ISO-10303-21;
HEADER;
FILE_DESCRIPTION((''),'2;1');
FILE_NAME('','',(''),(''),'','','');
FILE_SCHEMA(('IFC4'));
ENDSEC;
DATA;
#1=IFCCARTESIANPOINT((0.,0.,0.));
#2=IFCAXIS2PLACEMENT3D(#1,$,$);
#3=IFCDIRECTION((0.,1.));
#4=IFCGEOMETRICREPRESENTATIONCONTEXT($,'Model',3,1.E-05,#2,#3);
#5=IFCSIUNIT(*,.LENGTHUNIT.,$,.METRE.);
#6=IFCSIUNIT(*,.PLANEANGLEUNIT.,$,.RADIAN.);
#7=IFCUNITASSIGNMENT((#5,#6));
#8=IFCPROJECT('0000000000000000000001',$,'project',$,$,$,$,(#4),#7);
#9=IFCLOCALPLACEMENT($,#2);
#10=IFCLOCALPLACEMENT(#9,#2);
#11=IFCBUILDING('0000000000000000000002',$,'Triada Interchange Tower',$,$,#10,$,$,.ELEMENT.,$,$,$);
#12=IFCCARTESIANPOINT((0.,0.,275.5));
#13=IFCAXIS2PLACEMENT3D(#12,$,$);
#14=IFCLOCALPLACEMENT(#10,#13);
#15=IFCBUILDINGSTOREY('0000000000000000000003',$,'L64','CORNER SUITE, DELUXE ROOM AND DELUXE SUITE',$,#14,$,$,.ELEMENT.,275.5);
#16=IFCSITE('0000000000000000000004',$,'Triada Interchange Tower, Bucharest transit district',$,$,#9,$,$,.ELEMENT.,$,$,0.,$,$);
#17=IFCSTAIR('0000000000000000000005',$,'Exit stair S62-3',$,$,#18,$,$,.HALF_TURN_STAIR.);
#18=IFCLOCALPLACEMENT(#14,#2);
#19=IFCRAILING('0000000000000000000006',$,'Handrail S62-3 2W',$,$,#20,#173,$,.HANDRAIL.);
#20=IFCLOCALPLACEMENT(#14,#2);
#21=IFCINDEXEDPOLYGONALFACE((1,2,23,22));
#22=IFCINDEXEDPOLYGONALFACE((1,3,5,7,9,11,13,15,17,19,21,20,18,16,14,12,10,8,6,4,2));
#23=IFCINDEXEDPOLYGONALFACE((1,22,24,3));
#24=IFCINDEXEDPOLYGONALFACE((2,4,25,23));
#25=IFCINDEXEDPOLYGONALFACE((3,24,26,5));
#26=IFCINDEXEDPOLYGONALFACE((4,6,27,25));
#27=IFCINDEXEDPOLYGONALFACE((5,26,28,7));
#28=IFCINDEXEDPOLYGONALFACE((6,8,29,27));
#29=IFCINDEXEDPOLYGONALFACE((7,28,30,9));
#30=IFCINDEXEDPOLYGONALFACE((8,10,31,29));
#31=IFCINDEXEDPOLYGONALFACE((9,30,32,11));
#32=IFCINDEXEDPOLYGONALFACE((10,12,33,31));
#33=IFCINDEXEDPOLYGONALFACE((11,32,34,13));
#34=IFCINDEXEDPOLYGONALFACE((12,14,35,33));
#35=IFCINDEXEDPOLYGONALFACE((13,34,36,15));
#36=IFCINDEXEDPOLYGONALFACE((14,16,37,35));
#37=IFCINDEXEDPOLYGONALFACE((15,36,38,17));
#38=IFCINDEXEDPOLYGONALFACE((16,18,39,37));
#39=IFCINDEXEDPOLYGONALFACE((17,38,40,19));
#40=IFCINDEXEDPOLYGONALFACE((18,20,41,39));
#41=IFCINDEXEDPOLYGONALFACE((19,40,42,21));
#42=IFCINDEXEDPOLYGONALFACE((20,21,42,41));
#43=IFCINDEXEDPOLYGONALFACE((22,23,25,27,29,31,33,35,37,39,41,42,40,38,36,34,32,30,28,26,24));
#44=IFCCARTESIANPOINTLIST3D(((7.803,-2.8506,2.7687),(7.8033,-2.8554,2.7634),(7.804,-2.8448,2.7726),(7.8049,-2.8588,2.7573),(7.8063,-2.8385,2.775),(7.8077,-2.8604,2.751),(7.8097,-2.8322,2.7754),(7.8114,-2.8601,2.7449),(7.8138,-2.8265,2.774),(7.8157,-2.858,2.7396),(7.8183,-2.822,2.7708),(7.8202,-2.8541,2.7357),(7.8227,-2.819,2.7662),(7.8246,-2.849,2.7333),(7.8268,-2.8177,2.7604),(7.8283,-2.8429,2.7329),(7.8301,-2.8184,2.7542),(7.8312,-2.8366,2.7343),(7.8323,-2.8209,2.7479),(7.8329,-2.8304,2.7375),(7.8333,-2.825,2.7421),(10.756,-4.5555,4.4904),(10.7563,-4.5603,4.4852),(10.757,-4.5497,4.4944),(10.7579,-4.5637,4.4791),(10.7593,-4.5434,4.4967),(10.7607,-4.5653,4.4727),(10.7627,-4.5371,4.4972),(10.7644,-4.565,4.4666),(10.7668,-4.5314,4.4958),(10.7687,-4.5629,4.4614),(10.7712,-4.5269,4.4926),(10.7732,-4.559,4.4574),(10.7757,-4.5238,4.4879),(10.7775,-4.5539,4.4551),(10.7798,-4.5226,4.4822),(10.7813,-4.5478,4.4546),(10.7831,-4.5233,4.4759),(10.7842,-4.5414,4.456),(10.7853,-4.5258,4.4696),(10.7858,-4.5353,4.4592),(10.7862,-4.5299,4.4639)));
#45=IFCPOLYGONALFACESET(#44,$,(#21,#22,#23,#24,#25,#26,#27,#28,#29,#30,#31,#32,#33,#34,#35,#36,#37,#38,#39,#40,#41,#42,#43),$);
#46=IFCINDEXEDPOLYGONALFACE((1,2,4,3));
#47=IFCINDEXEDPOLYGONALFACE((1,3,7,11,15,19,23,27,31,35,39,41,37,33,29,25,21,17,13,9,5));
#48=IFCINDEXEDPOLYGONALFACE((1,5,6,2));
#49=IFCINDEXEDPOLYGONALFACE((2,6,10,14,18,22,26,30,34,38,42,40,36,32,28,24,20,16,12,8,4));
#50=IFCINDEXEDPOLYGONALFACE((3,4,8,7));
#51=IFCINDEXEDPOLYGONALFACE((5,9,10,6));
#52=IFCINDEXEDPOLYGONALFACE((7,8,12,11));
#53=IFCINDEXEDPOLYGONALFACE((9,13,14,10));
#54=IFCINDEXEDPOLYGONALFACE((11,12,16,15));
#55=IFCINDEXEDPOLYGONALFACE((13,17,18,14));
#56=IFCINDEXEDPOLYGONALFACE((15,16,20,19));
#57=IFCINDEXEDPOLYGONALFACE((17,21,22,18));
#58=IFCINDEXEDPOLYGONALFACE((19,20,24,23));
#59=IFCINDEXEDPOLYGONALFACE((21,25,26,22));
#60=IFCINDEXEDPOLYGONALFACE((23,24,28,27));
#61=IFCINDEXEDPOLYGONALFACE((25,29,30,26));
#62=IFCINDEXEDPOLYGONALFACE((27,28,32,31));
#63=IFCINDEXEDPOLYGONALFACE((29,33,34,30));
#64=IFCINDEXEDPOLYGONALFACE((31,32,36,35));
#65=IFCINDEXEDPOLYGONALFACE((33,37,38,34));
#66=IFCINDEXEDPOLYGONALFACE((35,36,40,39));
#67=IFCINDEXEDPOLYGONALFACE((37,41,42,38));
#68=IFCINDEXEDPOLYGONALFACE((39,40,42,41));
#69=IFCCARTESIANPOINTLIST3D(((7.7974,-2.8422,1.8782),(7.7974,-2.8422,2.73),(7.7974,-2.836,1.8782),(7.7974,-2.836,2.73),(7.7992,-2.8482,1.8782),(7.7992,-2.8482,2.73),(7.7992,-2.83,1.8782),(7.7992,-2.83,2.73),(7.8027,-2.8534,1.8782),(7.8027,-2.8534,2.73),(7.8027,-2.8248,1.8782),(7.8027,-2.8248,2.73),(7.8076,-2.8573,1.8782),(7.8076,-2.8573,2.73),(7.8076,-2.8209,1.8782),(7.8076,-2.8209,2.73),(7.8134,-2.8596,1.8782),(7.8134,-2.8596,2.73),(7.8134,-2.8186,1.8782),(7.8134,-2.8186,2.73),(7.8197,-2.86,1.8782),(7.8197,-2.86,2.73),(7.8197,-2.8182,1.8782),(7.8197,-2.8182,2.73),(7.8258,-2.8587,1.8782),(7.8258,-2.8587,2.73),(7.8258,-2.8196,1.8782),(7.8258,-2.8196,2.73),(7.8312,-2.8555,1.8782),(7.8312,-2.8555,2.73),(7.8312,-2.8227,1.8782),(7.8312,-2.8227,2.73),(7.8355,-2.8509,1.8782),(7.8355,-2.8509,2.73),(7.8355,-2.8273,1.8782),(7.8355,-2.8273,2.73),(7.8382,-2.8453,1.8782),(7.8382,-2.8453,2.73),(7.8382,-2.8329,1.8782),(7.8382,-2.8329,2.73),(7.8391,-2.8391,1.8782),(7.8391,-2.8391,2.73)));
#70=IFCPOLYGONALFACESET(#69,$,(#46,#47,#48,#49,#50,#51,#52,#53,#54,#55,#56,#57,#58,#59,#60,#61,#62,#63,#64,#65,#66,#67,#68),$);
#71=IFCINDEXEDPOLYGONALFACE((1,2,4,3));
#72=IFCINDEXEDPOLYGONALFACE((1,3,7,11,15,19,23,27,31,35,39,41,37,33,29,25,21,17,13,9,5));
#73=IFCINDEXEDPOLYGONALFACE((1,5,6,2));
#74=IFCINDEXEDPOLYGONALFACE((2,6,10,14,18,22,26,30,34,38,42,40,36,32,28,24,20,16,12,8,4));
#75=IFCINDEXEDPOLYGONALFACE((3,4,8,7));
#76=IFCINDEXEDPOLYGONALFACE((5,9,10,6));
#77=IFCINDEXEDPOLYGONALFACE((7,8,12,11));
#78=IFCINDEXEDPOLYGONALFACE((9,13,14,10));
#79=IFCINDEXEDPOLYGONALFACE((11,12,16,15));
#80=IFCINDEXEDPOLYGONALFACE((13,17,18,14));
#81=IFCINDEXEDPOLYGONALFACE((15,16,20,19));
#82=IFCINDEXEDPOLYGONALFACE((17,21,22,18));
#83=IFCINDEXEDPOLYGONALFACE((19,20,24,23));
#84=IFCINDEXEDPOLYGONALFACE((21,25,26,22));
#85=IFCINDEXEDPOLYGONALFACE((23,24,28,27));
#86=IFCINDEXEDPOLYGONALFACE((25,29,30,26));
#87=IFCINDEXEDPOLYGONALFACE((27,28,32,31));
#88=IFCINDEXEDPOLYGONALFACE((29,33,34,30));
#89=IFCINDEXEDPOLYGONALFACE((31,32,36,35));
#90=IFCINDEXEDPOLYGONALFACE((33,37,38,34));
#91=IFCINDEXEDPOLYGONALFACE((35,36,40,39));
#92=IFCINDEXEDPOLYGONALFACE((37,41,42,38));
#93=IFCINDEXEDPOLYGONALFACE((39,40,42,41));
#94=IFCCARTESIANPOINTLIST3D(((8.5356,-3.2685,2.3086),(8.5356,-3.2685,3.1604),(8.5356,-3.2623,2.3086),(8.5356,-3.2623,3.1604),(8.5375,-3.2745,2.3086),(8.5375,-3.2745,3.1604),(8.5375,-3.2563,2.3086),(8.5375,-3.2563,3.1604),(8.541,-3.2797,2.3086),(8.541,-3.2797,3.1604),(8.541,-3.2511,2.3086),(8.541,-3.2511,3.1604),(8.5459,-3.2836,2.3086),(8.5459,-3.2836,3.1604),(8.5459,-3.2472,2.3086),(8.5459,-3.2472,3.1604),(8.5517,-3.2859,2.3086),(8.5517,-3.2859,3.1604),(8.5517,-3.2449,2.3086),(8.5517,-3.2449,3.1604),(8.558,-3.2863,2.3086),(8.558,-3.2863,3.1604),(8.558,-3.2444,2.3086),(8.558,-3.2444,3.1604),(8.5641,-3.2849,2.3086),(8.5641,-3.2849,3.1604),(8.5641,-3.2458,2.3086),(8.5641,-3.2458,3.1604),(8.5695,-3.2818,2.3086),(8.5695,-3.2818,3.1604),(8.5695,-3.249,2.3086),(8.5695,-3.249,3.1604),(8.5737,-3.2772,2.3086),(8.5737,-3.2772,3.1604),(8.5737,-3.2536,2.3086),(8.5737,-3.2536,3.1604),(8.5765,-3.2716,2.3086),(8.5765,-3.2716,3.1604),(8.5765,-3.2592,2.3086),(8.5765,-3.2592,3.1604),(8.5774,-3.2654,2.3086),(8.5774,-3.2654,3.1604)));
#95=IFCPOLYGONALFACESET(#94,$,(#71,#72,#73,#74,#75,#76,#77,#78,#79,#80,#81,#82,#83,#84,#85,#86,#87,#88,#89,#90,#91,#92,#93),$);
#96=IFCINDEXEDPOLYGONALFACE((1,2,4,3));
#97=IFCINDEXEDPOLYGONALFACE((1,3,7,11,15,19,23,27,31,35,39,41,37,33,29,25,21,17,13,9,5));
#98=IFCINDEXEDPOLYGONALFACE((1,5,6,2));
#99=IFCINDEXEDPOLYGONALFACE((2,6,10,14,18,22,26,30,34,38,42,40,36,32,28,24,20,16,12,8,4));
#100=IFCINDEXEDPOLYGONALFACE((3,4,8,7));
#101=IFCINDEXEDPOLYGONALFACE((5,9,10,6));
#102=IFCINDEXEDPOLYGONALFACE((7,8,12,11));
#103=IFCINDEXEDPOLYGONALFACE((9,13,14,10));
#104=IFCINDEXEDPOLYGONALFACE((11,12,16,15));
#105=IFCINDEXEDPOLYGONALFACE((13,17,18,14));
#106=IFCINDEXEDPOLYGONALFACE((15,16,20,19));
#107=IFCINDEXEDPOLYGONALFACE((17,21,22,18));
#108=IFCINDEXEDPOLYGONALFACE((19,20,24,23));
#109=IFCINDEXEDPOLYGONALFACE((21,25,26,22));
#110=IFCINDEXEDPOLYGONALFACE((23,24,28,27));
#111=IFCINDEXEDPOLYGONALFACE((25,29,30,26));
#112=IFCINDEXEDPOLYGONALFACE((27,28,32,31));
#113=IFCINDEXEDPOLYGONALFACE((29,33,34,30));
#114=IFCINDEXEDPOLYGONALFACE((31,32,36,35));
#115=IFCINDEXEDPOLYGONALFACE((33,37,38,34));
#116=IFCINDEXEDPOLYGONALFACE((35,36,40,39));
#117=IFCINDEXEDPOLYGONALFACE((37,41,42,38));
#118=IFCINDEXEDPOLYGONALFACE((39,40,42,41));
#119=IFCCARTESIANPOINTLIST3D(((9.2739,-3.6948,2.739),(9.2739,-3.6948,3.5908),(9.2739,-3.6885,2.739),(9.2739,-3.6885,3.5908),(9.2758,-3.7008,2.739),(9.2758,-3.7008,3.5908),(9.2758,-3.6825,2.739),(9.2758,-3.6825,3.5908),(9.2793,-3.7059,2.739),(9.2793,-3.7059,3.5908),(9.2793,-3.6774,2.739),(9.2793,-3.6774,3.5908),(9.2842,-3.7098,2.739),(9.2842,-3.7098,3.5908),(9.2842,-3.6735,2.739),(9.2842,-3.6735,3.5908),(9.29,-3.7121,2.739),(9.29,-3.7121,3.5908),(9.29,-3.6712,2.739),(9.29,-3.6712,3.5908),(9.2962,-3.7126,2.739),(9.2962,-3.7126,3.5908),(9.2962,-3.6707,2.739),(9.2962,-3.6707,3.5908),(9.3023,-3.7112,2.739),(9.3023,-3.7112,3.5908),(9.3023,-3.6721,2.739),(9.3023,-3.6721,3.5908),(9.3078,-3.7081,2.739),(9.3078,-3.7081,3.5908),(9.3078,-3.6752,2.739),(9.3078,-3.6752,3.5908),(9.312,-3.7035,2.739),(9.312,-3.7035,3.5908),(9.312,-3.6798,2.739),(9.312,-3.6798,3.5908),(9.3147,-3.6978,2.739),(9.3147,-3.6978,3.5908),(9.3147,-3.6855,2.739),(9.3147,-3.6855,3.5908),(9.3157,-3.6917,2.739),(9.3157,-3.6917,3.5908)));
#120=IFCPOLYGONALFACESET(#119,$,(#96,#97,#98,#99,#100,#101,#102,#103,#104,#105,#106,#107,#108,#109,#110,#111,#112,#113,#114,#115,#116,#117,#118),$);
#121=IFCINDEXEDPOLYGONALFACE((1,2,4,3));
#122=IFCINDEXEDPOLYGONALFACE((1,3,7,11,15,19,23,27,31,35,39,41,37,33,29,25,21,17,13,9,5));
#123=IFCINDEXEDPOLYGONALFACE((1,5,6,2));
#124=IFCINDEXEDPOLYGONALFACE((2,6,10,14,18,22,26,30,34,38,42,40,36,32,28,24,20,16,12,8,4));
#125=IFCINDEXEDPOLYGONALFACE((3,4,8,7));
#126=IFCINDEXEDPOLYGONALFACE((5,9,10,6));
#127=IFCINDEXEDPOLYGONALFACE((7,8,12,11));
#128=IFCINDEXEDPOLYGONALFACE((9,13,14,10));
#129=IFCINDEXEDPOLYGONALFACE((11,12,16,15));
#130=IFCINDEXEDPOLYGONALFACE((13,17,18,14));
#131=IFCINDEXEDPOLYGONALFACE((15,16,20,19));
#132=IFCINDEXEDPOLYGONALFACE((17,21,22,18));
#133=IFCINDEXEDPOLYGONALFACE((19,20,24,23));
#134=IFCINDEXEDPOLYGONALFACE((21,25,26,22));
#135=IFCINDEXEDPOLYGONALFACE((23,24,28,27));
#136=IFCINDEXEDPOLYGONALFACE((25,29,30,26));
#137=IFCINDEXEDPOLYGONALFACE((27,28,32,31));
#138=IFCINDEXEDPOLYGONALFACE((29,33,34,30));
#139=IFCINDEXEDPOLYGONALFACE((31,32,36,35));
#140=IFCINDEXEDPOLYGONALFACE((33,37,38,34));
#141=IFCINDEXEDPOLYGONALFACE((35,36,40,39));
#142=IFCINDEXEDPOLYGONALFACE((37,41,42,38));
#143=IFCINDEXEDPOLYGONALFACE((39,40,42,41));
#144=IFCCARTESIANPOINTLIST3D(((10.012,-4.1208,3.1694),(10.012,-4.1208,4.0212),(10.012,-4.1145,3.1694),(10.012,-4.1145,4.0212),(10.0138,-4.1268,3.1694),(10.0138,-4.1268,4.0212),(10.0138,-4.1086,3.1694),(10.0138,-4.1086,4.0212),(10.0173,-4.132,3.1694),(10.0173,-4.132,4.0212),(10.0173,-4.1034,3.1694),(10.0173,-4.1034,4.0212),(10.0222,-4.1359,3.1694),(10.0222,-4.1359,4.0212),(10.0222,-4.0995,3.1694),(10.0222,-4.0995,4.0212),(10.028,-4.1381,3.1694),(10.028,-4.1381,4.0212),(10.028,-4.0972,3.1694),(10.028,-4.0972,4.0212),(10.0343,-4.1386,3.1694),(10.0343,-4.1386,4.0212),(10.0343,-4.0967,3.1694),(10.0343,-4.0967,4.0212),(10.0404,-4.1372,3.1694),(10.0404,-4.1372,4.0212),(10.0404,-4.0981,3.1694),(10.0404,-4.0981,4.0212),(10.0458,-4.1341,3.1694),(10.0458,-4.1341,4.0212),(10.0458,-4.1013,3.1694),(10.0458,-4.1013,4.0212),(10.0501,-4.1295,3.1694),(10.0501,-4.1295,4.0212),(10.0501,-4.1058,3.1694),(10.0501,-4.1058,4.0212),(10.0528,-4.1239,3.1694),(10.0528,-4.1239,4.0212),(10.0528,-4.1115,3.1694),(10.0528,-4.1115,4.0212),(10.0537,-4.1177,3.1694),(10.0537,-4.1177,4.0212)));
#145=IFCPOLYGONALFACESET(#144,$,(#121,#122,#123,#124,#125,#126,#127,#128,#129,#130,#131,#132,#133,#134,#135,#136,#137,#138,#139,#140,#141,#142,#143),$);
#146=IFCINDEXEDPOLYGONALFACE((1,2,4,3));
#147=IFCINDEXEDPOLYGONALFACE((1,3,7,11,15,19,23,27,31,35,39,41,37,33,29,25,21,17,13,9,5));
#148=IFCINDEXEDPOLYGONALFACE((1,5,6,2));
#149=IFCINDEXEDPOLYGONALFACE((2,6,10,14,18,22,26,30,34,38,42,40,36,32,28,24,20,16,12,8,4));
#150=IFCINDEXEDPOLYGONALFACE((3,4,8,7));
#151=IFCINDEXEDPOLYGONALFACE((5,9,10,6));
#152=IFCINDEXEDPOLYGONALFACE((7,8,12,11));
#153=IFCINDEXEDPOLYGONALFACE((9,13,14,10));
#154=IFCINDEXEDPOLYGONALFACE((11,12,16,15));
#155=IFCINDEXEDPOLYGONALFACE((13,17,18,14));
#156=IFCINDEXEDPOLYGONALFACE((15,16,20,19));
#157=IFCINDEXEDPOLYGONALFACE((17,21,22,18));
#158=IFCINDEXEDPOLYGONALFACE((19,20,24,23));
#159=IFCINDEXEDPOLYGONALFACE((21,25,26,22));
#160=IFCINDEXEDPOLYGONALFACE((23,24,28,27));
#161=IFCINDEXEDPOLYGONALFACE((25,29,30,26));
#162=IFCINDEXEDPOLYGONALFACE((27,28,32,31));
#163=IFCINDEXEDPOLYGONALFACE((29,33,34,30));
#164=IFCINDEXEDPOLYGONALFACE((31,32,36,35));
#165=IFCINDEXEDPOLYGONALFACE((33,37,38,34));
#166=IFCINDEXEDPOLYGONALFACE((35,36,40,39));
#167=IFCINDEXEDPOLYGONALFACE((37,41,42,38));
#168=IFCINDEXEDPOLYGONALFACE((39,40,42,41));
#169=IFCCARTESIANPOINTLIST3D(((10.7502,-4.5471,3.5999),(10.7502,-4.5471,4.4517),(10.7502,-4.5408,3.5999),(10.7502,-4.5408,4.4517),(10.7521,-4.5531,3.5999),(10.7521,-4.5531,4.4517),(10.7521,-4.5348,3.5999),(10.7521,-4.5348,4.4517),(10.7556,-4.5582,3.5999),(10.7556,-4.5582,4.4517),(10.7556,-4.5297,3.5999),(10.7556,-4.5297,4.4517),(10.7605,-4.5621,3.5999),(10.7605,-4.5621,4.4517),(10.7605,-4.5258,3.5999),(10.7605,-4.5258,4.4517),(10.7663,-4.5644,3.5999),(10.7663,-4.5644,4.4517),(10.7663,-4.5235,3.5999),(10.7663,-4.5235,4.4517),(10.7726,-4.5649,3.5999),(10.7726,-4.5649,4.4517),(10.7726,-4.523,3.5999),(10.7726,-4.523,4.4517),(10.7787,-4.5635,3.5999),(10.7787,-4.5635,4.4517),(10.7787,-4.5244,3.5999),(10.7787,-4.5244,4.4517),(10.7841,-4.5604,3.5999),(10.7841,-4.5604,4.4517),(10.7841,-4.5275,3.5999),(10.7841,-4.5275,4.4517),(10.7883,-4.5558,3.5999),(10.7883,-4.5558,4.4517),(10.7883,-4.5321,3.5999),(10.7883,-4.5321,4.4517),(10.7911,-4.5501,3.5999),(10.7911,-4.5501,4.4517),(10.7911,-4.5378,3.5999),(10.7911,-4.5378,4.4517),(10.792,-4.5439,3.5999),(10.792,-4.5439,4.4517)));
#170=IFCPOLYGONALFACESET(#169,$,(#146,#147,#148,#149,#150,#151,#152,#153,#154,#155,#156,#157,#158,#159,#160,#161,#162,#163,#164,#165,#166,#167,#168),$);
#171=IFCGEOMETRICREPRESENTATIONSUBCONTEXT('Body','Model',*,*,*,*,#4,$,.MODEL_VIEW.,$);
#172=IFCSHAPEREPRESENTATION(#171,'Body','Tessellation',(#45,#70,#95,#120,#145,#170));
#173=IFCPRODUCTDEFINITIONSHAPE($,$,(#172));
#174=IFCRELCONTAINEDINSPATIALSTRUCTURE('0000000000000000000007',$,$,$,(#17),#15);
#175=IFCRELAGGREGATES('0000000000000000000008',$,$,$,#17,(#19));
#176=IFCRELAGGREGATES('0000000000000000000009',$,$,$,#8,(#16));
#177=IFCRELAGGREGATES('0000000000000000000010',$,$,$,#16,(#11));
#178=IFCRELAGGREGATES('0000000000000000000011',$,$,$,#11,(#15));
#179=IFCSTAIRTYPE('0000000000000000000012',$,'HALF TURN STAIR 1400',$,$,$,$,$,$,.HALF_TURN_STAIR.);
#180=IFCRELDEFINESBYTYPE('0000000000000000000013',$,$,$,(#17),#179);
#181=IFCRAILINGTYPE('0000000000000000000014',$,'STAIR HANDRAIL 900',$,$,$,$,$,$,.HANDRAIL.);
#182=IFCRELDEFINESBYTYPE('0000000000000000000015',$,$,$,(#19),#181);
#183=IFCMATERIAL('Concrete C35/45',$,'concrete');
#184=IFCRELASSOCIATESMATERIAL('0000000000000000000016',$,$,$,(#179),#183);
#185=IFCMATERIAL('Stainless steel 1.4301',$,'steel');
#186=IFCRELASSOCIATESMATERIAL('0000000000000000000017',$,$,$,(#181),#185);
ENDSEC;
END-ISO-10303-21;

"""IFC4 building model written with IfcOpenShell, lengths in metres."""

from ifc_helpers import new_model, si_unit, direction, frame, origin, origin_2d, place, context, subcontext, project, spatial, circle, extrude, material, type_object, element, aggregate, save


model = new_model("IFC4")

# Units and contexts
model_context = context("Model", 3, precision=1e-05, world=origin(), true_north=direction((0.0, 1.0)))
body_context = subcontext(model_context, "Body", "Model", "MODEL_VIEW")
ifc_project = project(units=[si_unit("LENGTHUNIT", "METRE"), si_unit("PLANEANGLEUNIT", "RADIAN")], contexts=[model_context])

# Site, building, storey
site_placement = place(None, origin())
site = spatial("IfcSite", under=ifc_project, at=site_placement, Name="Triada Interchange Tower, Bucharest transit district", CompositionType="ELEMENT", RefElevation=0.0)
building_placement = place(site_placement, origin())
building = spatial("IfcBuilding", under=site, at=building_placement, Name="Triada Interchange Tower", CompositionType="ELEMENT")
storey_placement = place(building_placement, frame((0.0, 0.0, 275.5)))
storey = spatial("IfcBuildingStorey", under=building, at=storey_placement, Name="L64", Description="CORNER SUITE, DELUXE ROOM AND DELUXE SUITE", CompositionType="ELEMENT", Elevation=275.5)

# Stair, railing
ifc_material_1 = material(Name="Concrete C35/45", Category="concrete")
stair_type = type_object("IfcStairType", Name="HALF TURN STAIR 1400", PredefinedType="HALF_TURN_STAIR", material=ifc_material_1)
stair_placement = place(storey_placement, origin())
stair = element("IfcStair", 1, at=stair_placement, inside=storey, type_object=stair_type, Name="Exit stair S62-3", PredefinedType="HALF_TURN_STAIR")
ifc_material_2 = material(Name="Stainless steel 1.4301", Category="steel")
railing_type = type_object("IfcRailingType", Name="STAIR HANDRAIL 900", PredefinedType="HANDRAIL", material=ifc_material_2)
railing_1_placement = place(storey_placement, frame((7.8181, -2.8391, 1.8782)))
railing_1 = element("IfcRailing", 2, at=railing_1_placement, type_object=railing_type, Name="Handrail S62-3 2W", PredefinedType="HANDRAIL", context=body_context, shape_type="SweptSolid", body=[
    extrude(circle(Radius=0.0239, at=origin_2d()), frame((0.0, 0.0, 0.876), z_axis=(0.773065, -0.446326, 0.450736), x_axis=(0.499997, 0.866027, 0.0)), (0.0, 0.0, 1.0), 3.8198),
    extrude(circle(Radius=0.021, at=origin_2d()), origin(), (0.0, 0.0, 1.0), 0.8518),
    extrude(circle(Radius=0.021, at=origin_2d()), frame((0.7383, -0.4263, 0.4304)), (0.0, 0.0, 1.0), 0.8518),
    extrude(circle(Radius=0.021, at=origin_2d()), frame((1.4766, -0.8525, 0.8608)), (0.0, 0.0, 1.0), 0.8518),
    extrude(circle(Radius=0.021, at=origin_2d()), frame((2.2146, -1.2786, 1.2913)), (0.0, 0.0, 1.0), 0.8518),
    extrude(circle(Radius=0.021, at=origin_2d()), frame((2.9529, -1.7048, 1.7217)), (0.0, 0.0, 1.0), 0.8518),
])
aggregate(stair, [railing_1])

save(model, "model.ifc")
